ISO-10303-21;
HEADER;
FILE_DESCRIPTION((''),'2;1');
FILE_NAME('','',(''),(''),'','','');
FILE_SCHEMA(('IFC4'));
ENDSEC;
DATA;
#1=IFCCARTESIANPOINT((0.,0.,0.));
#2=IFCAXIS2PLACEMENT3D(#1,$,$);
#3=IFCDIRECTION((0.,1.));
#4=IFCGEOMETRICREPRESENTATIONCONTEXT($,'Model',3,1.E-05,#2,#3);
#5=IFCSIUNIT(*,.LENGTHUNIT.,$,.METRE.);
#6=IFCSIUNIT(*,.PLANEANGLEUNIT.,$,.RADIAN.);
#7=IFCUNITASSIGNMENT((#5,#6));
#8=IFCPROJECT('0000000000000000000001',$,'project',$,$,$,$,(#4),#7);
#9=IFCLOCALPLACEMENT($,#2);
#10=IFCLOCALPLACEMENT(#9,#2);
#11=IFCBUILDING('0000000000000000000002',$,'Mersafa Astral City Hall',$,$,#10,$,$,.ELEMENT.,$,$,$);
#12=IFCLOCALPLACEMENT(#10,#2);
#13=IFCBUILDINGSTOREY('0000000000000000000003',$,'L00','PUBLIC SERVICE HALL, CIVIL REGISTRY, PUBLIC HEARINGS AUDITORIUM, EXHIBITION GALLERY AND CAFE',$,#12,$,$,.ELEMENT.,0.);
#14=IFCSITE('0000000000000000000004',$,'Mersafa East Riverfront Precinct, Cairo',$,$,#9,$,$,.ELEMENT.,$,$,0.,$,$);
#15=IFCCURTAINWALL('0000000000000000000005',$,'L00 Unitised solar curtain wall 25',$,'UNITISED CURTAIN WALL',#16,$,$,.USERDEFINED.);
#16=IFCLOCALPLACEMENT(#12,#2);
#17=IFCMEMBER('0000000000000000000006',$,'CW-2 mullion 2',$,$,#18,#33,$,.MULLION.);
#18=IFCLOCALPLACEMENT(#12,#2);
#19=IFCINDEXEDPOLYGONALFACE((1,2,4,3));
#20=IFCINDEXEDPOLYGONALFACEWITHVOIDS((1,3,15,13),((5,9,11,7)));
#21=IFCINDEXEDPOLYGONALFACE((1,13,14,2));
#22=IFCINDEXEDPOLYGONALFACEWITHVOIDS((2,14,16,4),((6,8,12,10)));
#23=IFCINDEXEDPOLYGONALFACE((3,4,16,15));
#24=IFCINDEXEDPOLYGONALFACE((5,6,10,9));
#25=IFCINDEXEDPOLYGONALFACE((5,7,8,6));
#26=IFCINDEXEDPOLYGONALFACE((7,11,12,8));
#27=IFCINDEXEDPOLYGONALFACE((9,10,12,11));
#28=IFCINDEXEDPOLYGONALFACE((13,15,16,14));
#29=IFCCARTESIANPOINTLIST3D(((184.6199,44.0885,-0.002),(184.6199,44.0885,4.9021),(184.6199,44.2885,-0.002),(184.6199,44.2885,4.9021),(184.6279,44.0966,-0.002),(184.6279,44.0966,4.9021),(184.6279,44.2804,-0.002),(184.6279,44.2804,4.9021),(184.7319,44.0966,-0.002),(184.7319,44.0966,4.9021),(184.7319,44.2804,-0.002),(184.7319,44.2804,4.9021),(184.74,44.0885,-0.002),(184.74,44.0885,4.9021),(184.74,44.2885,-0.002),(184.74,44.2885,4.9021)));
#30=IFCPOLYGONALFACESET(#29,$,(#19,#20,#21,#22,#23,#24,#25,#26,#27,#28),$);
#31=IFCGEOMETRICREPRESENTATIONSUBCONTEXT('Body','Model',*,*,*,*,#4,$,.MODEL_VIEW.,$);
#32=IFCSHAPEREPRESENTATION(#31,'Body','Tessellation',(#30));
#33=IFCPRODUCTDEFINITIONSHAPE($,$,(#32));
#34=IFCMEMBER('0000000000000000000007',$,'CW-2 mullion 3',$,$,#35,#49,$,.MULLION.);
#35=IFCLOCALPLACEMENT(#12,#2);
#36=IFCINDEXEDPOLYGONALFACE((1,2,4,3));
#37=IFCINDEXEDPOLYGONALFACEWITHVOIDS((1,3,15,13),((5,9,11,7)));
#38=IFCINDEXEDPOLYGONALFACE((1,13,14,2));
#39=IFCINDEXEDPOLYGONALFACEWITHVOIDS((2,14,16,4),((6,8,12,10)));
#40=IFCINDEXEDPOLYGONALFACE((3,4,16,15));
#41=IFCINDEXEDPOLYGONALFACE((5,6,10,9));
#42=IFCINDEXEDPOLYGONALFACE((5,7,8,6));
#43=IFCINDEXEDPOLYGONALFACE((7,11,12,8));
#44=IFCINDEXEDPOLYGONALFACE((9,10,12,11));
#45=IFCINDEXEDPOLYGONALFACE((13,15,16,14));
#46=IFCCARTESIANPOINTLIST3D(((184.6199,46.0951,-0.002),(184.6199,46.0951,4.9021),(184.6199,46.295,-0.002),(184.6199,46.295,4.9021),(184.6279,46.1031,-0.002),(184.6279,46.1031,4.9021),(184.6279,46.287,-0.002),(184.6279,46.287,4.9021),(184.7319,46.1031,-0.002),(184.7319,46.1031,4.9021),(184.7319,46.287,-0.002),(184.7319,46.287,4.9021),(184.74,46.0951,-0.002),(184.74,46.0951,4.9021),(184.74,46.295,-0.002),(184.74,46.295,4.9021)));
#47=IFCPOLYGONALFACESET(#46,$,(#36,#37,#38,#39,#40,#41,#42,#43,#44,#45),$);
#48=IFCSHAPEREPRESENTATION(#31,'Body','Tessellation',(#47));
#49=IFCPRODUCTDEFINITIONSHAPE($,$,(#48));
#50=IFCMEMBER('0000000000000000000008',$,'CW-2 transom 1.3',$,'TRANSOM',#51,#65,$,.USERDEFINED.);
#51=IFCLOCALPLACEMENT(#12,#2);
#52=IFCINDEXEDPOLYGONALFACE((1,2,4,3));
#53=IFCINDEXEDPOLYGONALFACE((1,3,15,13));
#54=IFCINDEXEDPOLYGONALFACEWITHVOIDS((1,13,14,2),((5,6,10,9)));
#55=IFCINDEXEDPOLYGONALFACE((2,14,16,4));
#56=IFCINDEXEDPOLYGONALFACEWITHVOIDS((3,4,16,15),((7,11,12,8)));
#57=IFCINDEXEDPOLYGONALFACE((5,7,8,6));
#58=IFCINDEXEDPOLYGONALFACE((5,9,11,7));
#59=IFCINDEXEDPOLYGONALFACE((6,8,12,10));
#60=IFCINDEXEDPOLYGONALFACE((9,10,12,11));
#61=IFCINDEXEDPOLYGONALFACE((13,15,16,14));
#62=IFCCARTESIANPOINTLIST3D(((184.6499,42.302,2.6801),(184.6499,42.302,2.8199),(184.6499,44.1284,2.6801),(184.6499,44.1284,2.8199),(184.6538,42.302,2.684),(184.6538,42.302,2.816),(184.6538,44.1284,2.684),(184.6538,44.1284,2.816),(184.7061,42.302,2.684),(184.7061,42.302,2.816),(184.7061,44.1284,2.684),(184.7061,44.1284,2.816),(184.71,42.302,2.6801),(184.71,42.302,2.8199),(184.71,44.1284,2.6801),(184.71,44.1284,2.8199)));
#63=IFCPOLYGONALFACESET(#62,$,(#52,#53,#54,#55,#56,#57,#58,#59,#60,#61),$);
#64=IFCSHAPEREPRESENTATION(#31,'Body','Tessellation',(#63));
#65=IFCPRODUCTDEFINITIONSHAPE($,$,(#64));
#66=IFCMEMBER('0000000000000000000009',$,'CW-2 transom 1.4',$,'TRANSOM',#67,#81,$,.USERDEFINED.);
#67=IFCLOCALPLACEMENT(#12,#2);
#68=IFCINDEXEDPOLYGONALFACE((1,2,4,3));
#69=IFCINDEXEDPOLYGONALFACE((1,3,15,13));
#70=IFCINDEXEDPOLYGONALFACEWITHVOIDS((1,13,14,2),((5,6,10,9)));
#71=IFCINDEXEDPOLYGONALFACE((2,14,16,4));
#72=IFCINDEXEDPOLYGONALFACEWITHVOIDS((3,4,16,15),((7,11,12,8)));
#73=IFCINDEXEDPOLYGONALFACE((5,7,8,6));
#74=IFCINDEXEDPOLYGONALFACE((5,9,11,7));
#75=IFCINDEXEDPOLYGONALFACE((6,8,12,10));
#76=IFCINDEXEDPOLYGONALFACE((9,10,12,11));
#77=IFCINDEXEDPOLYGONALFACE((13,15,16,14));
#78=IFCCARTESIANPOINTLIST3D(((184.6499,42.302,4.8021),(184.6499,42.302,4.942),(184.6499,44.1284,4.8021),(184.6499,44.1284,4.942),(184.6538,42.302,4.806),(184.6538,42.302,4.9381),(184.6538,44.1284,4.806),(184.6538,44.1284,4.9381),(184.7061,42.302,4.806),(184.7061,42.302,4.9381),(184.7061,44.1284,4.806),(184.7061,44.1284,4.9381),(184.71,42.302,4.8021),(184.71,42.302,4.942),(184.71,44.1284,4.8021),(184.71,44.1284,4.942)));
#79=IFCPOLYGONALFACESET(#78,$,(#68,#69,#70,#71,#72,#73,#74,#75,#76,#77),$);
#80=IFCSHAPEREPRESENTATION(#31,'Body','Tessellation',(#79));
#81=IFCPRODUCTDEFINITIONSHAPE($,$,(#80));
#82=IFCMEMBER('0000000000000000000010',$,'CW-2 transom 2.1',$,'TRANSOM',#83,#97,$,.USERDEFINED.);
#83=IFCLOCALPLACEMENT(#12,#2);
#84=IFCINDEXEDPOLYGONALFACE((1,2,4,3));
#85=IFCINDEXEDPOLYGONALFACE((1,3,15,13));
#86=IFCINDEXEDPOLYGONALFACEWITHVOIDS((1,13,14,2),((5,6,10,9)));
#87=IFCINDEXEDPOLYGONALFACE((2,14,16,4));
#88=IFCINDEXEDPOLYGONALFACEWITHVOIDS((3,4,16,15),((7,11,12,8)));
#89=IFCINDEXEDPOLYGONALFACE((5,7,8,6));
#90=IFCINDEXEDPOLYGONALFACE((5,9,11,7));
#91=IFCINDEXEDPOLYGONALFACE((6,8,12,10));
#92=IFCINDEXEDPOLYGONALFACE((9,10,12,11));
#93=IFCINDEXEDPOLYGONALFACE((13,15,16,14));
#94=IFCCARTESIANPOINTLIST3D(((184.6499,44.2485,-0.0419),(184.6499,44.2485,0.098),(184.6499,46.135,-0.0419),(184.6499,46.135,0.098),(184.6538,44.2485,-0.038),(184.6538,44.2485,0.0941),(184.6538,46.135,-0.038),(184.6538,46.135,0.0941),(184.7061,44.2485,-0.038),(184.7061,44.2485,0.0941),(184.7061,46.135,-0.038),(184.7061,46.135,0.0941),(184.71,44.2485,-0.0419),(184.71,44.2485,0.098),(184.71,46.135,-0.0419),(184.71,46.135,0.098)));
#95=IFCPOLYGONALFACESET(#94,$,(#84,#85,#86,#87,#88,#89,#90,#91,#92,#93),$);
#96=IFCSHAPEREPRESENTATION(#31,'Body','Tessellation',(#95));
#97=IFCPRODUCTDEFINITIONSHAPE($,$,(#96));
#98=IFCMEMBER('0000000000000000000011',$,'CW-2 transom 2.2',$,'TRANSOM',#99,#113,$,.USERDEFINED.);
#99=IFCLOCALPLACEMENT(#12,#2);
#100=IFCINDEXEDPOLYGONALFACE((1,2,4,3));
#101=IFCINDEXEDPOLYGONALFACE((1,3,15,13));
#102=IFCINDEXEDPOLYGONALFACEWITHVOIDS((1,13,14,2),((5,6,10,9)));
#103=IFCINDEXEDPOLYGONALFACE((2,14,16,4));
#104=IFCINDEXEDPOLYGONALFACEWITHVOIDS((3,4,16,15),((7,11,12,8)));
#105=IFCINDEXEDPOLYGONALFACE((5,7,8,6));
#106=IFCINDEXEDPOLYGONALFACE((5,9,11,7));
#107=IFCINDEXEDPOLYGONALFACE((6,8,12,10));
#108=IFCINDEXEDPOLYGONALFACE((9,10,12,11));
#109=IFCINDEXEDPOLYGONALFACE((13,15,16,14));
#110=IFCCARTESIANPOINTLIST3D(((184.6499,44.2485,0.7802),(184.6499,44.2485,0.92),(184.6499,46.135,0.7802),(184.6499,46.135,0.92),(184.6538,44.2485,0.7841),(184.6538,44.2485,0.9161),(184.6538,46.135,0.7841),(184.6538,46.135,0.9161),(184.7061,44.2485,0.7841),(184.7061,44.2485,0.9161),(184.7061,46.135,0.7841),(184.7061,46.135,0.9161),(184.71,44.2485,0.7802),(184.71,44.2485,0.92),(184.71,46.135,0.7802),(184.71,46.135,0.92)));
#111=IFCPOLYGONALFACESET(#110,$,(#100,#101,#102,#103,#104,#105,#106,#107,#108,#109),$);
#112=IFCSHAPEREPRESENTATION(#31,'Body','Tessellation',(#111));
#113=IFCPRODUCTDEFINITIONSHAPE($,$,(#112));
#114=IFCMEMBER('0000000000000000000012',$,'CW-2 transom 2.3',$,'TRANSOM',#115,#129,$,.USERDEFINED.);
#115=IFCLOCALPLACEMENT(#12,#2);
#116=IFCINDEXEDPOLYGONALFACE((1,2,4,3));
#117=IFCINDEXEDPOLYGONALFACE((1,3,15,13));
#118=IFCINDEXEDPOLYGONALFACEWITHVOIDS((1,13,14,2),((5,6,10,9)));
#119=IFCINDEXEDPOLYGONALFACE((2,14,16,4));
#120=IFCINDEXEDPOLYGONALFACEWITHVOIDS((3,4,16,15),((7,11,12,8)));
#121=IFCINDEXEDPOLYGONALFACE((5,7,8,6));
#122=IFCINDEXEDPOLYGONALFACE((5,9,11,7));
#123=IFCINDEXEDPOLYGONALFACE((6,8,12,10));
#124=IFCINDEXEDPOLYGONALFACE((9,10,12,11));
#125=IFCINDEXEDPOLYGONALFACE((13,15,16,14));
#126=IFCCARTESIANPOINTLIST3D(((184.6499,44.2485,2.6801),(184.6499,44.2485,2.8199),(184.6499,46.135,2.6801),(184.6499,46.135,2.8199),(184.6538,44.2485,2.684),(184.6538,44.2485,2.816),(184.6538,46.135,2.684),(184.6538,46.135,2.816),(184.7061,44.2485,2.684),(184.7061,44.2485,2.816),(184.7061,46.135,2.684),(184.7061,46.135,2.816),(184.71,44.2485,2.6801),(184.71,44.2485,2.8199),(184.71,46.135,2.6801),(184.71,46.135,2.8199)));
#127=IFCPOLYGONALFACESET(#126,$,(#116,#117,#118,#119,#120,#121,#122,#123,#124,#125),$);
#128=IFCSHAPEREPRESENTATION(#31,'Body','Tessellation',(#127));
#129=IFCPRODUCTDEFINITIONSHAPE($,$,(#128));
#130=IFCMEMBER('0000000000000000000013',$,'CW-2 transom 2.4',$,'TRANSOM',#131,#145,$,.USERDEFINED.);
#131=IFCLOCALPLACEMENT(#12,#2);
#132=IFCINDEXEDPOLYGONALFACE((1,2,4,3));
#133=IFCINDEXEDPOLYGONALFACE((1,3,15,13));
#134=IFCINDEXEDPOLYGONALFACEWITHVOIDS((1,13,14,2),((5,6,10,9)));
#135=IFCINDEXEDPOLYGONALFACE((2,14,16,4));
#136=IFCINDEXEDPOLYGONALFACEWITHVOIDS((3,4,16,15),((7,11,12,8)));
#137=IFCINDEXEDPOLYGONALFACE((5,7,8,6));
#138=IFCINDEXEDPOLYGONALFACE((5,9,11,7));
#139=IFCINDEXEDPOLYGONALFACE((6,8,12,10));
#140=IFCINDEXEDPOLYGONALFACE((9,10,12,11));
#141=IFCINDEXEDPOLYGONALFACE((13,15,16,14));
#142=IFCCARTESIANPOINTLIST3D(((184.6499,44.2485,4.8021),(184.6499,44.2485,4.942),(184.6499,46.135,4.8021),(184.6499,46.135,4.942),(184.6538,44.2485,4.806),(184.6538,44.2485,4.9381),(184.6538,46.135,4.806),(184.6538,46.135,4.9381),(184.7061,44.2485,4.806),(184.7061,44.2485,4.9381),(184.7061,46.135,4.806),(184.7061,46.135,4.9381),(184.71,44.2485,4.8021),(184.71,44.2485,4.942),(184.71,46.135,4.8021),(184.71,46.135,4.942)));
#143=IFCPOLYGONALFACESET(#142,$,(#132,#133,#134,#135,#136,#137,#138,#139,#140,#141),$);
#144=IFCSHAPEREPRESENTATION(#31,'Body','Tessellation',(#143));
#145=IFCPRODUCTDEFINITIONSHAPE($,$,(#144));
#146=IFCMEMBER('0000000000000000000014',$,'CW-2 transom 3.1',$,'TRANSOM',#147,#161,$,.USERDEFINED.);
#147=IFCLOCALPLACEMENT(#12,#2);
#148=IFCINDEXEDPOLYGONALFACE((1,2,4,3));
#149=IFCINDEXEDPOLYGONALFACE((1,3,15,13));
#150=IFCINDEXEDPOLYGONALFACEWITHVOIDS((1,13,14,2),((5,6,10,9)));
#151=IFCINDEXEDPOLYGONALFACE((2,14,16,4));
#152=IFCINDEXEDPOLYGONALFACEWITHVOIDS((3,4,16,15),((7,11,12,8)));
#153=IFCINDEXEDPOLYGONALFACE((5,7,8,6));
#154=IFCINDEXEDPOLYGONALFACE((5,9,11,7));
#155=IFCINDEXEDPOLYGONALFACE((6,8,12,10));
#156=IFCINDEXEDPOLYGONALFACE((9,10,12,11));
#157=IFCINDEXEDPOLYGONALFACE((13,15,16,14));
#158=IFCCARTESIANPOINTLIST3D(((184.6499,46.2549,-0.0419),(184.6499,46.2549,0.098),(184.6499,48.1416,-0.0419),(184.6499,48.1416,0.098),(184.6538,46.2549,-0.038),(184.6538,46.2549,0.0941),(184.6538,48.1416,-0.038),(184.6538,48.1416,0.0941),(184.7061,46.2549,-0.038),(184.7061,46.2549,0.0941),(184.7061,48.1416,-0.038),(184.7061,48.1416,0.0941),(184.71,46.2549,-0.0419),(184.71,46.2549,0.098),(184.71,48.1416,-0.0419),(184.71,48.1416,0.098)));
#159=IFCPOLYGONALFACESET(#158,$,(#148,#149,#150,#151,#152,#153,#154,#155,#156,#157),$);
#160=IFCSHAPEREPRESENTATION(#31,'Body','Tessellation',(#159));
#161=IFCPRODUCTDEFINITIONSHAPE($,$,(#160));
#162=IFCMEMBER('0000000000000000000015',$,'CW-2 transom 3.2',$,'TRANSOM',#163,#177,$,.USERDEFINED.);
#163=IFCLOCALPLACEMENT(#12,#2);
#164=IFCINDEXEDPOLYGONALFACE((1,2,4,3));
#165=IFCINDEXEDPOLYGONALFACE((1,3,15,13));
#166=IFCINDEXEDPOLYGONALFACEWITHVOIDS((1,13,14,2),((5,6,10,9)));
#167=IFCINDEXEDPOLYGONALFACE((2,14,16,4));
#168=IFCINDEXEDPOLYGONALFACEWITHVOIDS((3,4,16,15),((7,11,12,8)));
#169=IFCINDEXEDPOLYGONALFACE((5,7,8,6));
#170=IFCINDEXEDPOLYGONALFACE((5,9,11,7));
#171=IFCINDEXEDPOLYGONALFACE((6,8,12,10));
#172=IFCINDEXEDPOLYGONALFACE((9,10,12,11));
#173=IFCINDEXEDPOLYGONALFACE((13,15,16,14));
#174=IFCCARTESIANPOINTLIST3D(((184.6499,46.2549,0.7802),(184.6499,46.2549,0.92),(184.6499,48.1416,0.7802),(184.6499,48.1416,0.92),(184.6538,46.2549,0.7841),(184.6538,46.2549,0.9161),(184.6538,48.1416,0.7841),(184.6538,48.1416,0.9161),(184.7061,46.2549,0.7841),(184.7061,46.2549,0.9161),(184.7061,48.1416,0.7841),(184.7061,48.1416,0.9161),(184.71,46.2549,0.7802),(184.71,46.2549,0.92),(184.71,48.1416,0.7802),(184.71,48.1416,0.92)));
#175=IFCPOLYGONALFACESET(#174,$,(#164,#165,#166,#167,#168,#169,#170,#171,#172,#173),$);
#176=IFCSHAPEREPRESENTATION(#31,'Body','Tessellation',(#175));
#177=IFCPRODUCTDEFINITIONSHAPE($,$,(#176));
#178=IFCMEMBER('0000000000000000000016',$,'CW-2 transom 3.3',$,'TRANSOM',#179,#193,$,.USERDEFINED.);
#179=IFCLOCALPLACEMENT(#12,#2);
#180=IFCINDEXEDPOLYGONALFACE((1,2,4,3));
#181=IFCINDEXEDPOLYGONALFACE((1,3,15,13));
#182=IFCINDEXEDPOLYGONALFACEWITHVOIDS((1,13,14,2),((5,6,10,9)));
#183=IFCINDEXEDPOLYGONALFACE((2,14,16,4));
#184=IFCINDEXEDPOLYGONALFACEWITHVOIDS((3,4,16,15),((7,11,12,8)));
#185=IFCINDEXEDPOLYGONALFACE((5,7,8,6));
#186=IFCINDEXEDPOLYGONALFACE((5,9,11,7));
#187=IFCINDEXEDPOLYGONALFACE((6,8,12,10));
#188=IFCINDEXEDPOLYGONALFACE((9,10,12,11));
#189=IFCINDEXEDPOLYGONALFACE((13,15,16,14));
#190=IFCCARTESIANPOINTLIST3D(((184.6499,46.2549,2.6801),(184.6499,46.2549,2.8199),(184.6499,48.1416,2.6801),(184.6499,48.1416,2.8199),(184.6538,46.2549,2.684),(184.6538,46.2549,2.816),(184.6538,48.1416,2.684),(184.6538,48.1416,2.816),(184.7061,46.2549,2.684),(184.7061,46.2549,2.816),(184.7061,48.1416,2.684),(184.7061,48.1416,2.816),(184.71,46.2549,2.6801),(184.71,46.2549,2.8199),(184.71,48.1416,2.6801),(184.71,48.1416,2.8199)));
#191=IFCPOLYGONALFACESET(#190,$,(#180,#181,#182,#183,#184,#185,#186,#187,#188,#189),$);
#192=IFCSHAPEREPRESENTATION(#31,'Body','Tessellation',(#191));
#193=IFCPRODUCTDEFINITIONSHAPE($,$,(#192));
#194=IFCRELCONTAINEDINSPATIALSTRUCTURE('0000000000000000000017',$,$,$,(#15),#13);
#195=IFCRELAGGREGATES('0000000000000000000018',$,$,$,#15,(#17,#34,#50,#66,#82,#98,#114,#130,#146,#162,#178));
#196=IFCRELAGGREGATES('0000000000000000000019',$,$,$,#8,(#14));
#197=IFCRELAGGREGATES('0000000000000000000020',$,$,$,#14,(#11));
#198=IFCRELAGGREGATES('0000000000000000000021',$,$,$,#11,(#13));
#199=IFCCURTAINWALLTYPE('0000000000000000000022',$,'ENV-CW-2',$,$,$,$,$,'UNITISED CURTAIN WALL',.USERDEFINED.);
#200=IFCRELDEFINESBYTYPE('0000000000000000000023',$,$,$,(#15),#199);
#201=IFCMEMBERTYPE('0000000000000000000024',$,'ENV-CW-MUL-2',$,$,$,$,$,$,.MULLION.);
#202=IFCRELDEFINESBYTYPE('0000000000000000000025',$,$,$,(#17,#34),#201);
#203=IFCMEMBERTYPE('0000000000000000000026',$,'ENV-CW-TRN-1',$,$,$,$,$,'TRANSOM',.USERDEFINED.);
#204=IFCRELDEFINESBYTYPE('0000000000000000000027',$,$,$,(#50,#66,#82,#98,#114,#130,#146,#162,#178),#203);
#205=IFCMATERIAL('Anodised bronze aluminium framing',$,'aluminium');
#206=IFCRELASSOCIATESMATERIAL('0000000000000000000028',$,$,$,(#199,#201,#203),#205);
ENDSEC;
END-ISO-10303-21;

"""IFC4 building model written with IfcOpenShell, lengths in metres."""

from ifc_helpers import new_model, si_unit, direction, frame, origin, origin_2d, place, context, subcontext, project, spatial, hollow_rectangle, extrude, material, material_profile, profile_set, type_object, element, aggregate, save


model = new_model("IFC4")

# Units and contexts
model_context = context("Model", 3, precision=1e-05, world=origin(), true_north=direction((0.0, 1.0)))
body_context = subcontext(model_context, "Body", "Model", "MODEL_VIEW")
ifc_project = project(units=[si_unit("LENGTHUNIT", "METRE"), si_unit("PLANEANGLEUNIT", "RADIAN")], contexts=[model_context])

# Site, building, storey
site_placement = place(None, origin())
site = spatial("IfcSite", under=ifc_project, at=site_placement, Name="Mersafa East Riverfront Precinct, Cairo", CompositionType="ELEMENT", RefElevation=0.0)
building_placement = place(site_placement, origin())
building = spatial("IfcBuilding", under=site, at=building_placement, Name="Mersafa Astral City Hall", CompositionType="ELEMENT")
storey_placement = place(building_placement, origin())
storey = spatial("IfcBuildingStorey", under=building, at=storey_placement, Name="L00", Description="PUBLIC SERVICE HALL, CIVIL REGISTRY, PUBLIC HEARINGS AUDITORIUM, EXHIBITION GALLERY AND CAFE", CompositionType="ELEMENT", Elevation=0.0)

# Curtain wall, members
ifc_material_1 = material(Name="Anodised bronze aluminium framing", Category="aluminium")
curtain_wall_type = type_object("IfcCurtainWallType", Name="ENV-CW-2", ElementType="UNITISED CURTAIN WALL", PredefinedType="USERDEFINED", material=ifc_material_1)
curtain_wall_placement = place(storey_placement, origin())
curtain_wall = element("IfcCurtainWall", 1, at=curtain_wall_placement, inside=storey, type_object=curtain_wall_type, Name="L00 Unitised solar curtain wall 25", ObjectType="UNITISED CURTAIN WALL", PredefinedType="USERDEFINED")
ifc_material_profile_1 = material_profile(ifc_material_1, hollow_rectangle(XDim=0.1201, YDim=0.2, WallThickness=0.0081, at=origin_2d()), Name="RHS 120x200x8")
ifc_profile_set_1 = profile_set([ifc_material_profile_1], Name="Anodised bronze aluminium framing")
member_type_1 = type_object("IfcMemberType", Name="ENV-CW-MUL-2", PredefinedType="MULLION", material=ifc_profile_set_1)
member_1_placement = place(storey_placement, frame((184.6799, 44.1885, -0.002), z_axis=(0.0, 0.0, 1.0), x_axis=(-1.0, 0.0, 0.0)))
member_1 = element("IfcMember", 2, at=member_1_placement, type_object=member_type_1, Name="CW-2 mullion 2", PredefinedType="MULLION", context=body_context, shape_type="SweptSolid", body=[
    extrude(hollow_rectangle(XDim=0.1201, YDim=0.2, WallThickness=0.0081, at=origin_2d()), origin(), (0.0, 0.0, 1.0), 4.9041),
])
member_2_placement = place(storey_placement, frame((184.6799, 46.1951, -0.002), z_axis=(0.0, 0.0, 1.0), x_axis=(-1.0, 0.0, 0.0)))
member_2 = element("IfcMember", 3, at=member_2_placement, type_object=member_type_1, Name="CW-2 mullion 3", PredefinedType="MULLION", context=body_context, shape_type="SweptSolid", body=[
    extrude(hollow_rectangle(XDim=0.1201, YDim=0.2, WallThickness=0.0081, at=origin_2d()), origin(), (0.0, 0.0, 1.0), 4.9041),
])
ifc_material_profile_2 = material_profile(ifc_material_1, hollow_rectangle(XDim=0.0601, YDim=0.1399, WallThickness=0.0039, at=origin_2d()), Name="RHS 60x140x4")
ifc_profile_set_2 = profile_set([ifc_material_profile_2], Name="Anodised bronze aluminium framing")
member_type_2 = type_object("IfcMemberType", Name="ENV-CW-TRN-1", ElementType="TRANSOM", PredefinedType="USERDEFINED", material=ifc_profile_set_2)
member_3_placement = place(storey_placement, frame((184.6799, 42.302, 2.75), z_axis=(0.0, 1.0, 0.0), x_axis=(-1.0, 0.0, 0.0)))
member_3 = element("IfcMember", 4, at=member_3_placement, type_object=member_type_2, Name="CW-2 transom 1.3", ObjectType="TRANSOM", PredefinedType="USERDEFINED", context=body_context, shape_type="SweptSolid", body=[
    extrude(hollow_rectangle(XDim=0.0601, YDim=0.1399, WallThickness=0.0039, at=origin_2d()), origin(), (0.0, 0.0, 1.0), 1.8264),
])
member_4_placement = place(storey_placement, frame((184.6799, 42.302, 4.8721), z_axis=(0.0, 1.0, 0.0), x_axis=(-1.0, 0.0, 0.0)))
member_4 = element("IfcMember", 5, at=member_4_placement, type_object=member_type_2, Name="CW-2 transom 1.4", ObjectType="TRANSOM", PredefinedType="USERDEFINED", context=body_context, shape_type="SweptSolid", body=[
    extrude(hollow_rectangle(XDim=0.0601, YDim=0.1399, WallThickness=0.0039, at=origin_2d()), origin(), (0.0, 0.0, 1.0), 1.8264),
])
member_5_placement = place(storey_placement, frame((184.6799, 44.2485, 0.0281), z_axis=(0.0, 1.0, 0.0), x_axis=(-1.0, 0.0, 0.0)))
member_5 = element("IfcMember", 6, at=member_5_placement, type_object=member_type_2, Name="CW-2 transom 2.1", ObjectType="TRANSOM", PredefinedType="USERDEFINED", context=body_context, shape_type="SweptSolid", body=[
    extrude(hollow_rectangle(XDim=0.0601, YDim=0.1399, WallThickness=0.0039, at=origin_2d()), origin(), (0.0, 0.0, 1.0), 1.8865),
])
member_6_placement = place(storey_placement, frame((184.6799, 44.2485, 0.8501), z_axis=(0.0, 1.0, 0.0), x_axis=(-1.0, 0.0, 0.0)))
member_6 = element("IfcMember", 7, at=member_6_placement, type_object=member_type_2, Name="CW-2 transom 2.2", ObjectType="TRANSOM", PredefinedType="USERDEFINED", context=body_context, shape_type="SweptSolid", body=[
    extrude(hollow_rectangle(XDim=0.0601, YDim=0.1399, WallThickness=0.0039, at=origin_2d()), origin(), (0.0, 0.0, 1.0), 1.8865),
])
member_7_placement = place(storey_placement, frame((184.6799, 44.2485, 2.75), z_axis=(0.0, 1.0, 0.0), x_axis=(-1.0, 0.0, 0.0)))
member_7 = element("IfcMember", 8, at=member_7_placement, type_object=member_type_2, Name="CW-2 transom 2.3", ObjectType="TRANSOM", PredefinedType="USERDEFINED", context=body_context, shape_type="SweptSolid", body=[
    extrude(hollow_rectangle(XDim=0.0601, YDim=0.1399, WallThickness=0.0039, at=origin_2d()), origin(), (0.0, 0.0, 1.0), 1.8865),
])
member_8_placement = place(storey_placement, frame((184.6799, 44.2485, 4.8721), z_axis=(0.0, 1.0, 0.0), x_axis=(-1.0, 0.0, 0.0)))
member_8 = element("IfcMember", 9, at=member_8_placement, type_object=member_type_2, Name="CW-2 transom 2.4", ObjectType="TRANSOM", PredefinedType="USERDEFINED", context=body_context, shape_type="SweptSolid", body=[
    extrude(hollow_rectangle(XDim=0.0601, YDim=0.1399, WallThickness=0.0039, at=origin_2d()), origin(), (0.0, 0.0, 1.0), 1.8865),
])
member_9_placement = place(storey_placement, frame((184.6799, 46.2549, 0.0281), z_axis=(0.0, 1.0, 0.0), x_axis=(-1.0, 0.0, 0.0)))
member_9 = element("IfcMember", 10, at=member_9_placement, type_object=member_type_2, Name="CW-2 transom 3.1", ObjectType="TRANSOM", PredefinedType="USERDEFINED", context=body_context, shape_type="SweptSolid", body=[
    extrude(hollow_rectangle(XDim=0.0601, YDim=0.1399, WallThickness=0.0039, at=origin_2d()), origin(), (0.0, 0.0, 1.0), 1.8867),
])
member_10_placement = place(storey_placement, frame((184.6799, 46.2549, 0.8501), z_axis=(0.0, 1.0, 0.0), x_axis=(-1.0, 0.0, 0.0)))
member_10 = element("IfcMember", 11, at=member_10_placement, type_object=member_type_2, Name="CW-2 transom 3.2", ObjectType="TRANSOM", PredefinedType="USERDEFINED", context=body_context, shape_type="SweptSolid", body=[
    extrude(hollow_rectangle(XDim=0.0601, YDim=0.1399, WallThickness=0.0039, at=origin_2d()), origin(), (0.0, 0.0, 1.0), 1.8867),
])
member_11_placement = place(storey_placement, frame((184.6799, 46.2549, 2.75), z_axis=(0.0, 1.0, 0.0), x_axis=(-1.0, 0.0, 0.0)))
member_11 = element("IfcMember", 12, at=member_11_placement, type_object=member_type_2, Name="CW-2 transom 3.3", ObjectType="TRANSOM", PredefinedType="USERDEFINED", context=body_context, shape_type="SweptSolid", body=[
    extrude(hollow_rectangle(XDim=0.0601, YDim=0.1399, WallThickness=0.0039, at=origin_2d()), origin(), (0.0, 0.0, 1.0), 1.8867),
])

aggregate(curtain_wall, [member_1, member_2, member_3, member_4, member_5, member_6, member_7, member_8, member_9, member_10, member_11])

save(model, "model.ifc")
